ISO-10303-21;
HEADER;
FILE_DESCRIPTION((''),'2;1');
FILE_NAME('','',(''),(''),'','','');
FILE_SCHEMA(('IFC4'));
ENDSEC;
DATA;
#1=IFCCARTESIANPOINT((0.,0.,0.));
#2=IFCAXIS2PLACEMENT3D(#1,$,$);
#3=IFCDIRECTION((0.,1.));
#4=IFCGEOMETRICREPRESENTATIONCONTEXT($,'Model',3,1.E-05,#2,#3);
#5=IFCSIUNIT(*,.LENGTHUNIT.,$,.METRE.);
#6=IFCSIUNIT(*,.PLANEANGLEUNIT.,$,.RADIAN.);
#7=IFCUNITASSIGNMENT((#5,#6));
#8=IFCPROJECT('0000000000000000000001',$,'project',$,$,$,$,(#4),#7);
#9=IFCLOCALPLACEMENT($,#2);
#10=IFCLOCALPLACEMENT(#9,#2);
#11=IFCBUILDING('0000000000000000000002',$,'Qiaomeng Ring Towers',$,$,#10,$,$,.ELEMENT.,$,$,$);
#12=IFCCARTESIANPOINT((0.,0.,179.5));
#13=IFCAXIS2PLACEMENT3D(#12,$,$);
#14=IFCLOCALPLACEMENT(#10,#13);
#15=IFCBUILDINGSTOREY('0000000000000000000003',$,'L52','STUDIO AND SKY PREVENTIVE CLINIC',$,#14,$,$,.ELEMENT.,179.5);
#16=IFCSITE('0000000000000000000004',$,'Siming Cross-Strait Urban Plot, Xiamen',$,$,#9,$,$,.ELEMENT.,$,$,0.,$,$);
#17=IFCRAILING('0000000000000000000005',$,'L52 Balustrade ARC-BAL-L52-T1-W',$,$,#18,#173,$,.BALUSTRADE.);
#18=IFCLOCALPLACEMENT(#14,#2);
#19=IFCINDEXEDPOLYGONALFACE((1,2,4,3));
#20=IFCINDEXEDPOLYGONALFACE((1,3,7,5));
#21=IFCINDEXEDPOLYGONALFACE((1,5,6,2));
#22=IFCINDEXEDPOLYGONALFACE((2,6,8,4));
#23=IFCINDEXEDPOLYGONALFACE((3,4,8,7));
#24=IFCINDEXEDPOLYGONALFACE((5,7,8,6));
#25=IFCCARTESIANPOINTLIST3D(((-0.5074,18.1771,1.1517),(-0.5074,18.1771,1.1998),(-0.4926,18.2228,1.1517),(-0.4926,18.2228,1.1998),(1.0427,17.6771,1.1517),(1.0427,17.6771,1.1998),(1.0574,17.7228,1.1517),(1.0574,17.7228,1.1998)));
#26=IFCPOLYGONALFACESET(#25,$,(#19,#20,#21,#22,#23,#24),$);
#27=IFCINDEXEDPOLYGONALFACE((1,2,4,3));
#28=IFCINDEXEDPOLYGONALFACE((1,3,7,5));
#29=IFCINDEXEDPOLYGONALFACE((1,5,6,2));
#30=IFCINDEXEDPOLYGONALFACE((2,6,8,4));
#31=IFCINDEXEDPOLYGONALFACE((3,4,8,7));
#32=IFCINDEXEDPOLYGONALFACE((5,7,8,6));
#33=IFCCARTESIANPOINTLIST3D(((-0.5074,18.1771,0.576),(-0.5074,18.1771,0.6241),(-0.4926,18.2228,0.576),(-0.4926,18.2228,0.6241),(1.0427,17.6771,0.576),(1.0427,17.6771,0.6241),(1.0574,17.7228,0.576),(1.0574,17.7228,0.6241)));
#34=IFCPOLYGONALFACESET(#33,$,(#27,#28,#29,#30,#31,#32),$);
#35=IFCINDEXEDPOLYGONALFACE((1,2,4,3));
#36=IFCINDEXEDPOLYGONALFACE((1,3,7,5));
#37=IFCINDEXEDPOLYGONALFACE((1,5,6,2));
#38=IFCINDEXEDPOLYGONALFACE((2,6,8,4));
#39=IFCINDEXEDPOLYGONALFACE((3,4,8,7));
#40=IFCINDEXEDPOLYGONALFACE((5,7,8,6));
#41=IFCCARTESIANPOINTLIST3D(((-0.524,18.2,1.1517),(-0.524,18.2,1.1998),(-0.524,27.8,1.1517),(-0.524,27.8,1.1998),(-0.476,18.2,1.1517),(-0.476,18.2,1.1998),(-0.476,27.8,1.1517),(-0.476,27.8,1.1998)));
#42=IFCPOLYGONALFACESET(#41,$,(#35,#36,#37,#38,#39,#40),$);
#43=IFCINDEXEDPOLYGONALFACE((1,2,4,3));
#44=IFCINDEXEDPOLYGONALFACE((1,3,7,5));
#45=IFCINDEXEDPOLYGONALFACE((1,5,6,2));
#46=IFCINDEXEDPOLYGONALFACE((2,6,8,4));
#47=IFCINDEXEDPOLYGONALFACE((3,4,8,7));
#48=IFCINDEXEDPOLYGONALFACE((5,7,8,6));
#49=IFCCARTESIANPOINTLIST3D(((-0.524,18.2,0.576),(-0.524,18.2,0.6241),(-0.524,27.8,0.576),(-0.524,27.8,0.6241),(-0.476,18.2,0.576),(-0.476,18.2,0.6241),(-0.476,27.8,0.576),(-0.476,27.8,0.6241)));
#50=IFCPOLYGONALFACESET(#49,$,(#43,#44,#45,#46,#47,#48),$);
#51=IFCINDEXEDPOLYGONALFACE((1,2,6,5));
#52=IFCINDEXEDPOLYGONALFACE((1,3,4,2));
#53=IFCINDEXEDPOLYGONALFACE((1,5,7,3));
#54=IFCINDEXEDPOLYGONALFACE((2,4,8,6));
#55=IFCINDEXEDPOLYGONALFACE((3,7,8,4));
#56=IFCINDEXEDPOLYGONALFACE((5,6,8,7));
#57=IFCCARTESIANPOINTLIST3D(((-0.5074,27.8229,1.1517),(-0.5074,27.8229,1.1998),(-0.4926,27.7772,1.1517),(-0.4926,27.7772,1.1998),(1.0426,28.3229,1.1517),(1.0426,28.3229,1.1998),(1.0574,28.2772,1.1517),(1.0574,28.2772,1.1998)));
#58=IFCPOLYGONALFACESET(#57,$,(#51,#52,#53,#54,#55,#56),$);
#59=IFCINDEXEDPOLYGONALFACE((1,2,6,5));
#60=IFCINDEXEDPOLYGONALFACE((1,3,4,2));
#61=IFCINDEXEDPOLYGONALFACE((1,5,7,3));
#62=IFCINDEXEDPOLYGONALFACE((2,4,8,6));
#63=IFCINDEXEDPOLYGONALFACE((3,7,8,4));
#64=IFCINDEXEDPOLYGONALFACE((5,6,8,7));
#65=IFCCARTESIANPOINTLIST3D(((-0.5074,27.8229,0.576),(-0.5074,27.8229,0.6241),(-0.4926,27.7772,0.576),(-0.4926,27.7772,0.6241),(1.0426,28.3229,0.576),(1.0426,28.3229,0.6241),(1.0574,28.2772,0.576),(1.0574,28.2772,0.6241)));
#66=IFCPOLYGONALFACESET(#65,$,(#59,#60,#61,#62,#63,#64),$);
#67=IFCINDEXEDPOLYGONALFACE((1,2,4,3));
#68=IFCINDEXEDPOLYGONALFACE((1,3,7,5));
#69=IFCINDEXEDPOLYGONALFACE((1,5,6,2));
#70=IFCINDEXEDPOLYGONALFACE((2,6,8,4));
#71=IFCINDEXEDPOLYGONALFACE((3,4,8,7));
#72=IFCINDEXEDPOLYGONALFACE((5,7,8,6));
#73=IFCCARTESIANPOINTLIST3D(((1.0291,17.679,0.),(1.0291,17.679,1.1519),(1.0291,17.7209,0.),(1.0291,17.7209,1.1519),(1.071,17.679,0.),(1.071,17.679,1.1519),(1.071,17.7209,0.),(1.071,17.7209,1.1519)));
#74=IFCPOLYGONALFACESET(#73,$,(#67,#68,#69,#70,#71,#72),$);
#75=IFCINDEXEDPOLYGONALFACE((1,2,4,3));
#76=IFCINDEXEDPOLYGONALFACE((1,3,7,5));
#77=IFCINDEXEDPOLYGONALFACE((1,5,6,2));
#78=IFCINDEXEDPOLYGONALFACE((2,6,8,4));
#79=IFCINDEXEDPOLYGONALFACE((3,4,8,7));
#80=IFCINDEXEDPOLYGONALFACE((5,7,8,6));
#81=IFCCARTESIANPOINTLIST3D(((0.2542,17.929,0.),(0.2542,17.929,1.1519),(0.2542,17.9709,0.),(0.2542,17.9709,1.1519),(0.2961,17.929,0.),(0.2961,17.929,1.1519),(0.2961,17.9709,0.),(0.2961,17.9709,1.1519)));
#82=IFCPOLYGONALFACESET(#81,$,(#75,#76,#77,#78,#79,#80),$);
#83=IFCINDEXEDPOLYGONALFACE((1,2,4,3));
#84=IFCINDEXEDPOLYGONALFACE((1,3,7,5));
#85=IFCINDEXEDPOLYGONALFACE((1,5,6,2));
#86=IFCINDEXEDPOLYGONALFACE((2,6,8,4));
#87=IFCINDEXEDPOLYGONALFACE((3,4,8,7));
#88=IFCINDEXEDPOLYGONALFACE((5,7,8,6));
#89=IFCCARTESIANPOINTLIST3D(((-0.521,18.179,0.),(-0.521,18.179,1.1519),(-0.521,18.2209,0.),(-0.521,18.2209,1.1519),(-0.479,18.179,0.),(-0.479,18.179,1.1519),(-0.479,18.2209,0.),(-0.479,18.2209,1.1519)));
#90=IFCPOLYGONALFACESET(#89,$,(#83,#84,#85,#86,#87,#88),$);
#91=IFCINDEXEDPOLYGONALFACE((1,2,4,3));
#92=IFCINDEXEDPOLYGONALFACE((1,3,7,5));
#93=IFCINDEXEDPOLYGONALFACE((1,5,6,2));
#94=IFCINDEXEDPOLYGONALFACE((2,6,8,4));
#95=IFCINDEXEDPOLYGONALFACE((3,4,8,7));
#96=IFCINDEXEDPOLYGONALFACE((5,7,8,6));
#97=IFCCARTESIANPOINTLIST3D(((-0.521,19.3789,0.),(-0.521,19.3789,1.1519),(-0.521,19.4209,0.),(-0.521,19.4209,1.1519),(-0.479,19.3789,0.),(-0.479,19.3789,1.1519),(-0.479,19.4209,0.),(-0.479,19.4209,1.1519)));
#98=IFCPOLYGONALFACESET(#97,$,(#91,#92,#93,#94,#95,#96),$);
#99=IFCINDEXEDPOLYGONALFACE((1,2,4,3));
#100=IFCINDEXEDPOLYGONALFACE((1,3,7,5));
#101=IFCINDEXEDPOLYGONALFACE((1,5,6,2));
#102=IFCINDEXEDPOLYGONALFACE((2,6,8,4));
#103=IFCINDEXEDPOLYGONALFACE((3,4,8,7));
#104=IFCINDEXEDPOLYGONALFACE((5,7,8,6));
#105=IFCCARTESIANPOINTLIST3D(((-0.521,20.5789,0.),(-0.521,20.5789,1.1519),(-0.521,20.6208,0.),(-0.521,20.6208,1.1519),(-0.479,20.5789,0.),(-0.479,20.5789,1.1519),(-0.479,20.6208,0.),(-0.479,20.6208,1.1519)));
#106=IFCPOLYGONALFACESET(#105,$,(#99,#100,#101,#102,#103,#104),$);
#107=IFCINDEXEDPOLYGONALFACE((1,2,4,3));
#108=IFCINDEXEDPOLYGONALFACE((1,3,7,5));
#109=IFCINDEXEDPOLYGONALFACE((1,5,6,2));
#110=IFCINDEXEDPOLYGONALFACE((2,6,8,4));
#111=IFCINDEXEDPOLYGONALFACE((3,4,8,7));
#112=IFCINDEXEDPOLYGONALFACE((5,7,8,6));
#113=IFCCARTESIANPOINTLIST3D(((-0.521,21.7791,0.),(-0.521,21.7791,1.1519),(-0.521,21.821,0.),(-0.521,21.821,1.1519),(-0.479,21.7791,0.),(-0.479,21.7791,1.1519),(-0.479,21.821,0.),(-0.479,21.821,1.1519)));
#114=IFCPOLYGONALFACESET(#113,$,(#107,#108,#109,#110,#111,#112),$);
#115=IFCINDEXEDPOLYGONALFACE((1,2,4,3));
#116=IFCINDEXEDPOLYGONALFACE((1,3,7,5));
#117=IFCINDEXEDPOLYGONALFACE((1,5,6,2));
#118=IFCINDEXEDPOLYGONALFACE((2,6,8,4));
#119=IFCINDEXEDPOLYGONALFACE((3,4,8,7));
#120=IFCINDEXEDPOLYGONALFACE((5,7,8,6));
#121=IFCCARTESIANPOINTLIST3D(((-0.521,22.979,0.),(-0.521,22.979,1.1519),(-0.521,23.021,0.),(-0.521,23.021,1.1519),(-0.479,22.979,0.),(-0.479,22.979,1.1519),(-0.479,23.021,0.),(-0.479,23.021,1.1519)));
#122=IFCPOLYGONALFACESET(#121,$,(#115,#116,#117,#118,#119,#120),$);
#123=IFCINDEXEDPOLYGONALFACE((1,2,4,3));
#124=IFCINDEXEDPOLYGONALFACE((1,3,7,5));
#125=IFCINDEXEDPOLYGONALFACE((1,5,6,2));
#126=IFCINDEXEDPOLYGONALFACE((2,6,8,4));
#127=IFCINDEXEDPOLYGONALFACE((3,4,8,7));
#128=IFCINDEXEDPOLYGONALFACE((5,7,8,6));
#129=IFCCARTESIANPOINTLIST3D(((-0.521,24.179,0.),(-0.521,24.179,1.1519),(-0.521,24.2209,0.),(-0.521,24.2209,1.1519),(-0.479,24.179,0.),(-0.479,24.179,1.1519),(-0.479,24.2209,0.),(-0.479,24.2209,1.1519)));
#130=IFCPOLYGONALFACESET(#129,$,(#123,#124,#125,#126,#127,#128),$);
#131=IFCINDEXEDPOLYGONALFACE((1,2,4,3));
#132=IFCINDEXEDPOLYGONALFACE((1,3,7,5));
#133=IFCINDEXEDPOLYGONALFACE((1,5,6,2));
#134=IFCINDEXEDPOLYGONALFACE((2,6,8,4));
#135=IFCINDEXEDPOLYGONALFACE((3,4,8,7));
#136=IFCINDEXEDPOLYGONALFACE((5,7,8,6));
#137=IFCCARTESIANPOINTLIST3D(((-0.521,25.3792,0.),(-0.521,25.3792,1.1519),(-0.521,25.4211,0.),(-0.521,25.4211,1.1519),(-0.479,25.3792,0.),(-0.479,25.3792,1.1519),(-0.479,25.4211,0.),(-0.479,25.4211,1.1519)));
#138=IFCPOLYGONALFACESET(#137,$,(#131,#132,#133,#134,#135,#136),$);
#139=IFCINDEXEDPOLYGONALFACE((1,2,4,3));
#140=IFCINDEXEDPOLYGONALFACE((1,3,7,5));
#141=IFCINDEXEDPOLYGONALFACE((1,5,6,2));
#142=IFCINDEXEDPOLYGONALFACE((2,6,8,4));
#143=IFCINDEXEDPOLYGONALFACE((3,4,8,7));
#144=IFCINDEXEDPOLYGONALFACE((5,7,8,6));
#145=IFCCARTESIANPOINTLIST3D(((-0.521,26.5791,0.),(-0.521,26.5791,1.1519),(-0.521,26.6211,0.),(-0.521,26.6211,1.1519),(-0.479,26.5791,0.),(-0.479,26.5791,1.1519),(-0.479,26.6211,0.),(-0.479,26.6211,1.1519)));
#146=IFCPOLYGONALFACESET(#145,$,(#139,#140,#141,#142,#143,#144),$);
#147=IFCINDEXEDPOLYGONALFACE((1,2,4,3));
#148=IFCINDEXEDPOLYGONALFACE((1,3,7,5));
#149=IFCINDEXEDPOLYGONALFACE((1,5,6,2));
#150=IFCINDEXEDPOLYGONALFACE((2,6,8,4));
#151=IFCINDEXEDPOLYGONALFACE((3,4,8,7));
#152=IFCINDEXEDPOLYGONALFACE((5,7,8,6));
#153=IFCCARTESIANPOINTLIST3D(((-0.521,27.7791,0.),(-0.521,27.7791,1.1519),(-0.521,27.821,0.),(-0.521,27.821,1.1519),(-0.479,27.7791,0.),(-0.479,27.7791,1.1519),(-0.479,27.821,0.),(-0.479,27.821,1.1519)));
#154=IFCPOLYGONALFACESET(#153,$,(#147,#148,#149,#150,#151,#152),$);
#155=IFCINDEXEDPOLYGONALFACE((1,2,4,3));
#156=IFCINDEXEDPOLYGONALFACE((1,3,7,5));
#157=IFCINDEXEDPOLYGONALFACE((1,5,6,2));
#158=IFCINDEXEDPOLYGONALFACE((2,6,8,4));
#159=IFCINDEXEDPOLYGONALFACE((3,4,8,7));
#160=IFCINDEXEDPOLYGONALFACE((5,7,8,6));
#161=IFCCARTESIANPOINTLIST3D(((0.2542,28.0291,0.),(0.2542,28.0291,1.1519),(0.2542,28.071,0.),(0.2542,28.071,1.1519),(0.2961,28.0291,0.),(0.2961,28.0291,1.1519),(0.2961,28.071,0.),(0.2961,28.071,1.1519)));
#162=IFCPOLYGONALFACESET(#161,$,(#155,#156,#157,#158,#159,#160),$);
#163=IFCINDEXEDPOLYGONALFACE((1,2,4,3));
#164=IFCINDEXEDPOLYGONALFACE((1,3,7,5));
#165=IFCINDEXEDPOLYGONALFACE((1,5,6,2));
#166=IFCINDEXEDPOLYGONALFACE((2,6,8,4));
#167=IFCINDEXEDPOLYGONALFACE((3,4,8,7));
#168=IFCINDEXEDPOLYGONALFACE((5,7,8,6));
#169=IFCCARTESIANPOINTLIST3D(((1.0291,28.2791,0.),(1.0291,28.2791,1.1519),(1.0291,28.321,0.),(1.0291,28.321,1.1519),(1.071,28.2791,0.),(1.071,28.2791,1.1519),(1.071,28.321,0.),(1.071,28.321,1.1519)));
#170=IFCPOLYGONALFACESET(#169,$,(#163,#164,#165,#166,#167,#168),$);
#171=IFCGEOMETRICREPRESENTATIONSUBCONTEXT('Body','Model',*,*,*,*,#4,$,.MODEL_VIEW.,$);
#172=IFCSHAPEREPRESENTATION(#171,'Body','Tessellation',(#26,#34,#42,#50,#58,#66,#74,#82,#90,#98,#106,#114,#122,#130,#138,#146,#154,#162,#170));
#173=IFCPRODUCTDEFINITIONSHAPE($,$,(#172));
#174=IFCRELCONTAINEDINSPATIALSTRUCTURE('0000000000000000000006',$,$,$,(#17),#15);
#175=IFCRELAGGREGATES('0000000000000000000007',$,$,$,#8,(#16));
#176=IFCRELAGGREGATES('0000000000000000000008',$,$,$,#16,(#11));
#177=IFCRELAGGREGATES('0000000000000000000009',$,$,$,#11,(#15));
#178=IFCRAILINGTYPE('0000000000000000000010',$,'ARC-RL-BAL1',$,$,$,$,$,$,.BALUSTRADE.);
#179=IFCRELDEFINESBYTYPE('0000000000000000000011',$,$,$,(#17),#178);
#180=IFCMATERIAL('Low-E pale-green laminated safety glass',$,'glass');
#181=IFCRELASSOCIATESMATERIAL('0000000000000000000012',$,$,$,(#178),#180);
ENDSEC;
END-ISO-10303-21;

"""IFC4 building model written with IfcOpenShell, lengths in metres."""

from ifc_helpers import new_model, si_unit, direction, frame, origin, origin_2d, place, context, subcontext, project, spatial, rectangle, extrude, material, type_object, element, save


model = new_model("IFC4")

# Units and contexts
model_context = context("Model", 3, precision=1e-05, world=origin(), true_north=direction((0.0, 1.0)))
body_context = subcontext(model_context, "Body", "Model", "MODEL_VIEW")
ifc_project = project(units=[si_unit("LENGTHUNIT", "METRE"), si_unit("PLANEANGLEUNIT", "RADIAN")], contexts=[model_context])

# Site, building, storey
site_placement = place(None, origin())
site = spatial("IfcSite", under=ifc_project, at=site_placement, Name="Siming Cross-Strait Urban Plot, Xiamen", CompositionType="ELEMENT", RefElevation=0.0)
building_placement = place(site_placement, origin())
building = spatial("IfcBuilding", under=site, at=building_placement, Name="Qiaomeng Ring Towers", CompositionType="ELEMENT")
storey_placement = place(building_placement, frame((0.0, 0.0, 179.5)))
storey = spatial("IfcBuildingStorey", under=building, at=storey_placement, Name="L52", Description="STUDIO AND SKY PREVENTIVE CLINIC", CompositionType="ELEMENT", Elevation=179.5)

# Railing
ifc_material_1 = material(Name="Low-E pale-green laminated safety glass", Category="glass")
railing_type = type_object("IfcRailingType", Name="ARC-RL-BAL1", PredefinedType="BALUSTRADE", material=ifc_material_1)
railing_1_placement = place(storey_placement, frame((1.05, 17.7, 0.0)))
element("IfcRailing", 1, at=railing_1_placement, inside=storey, type_object=railing_type, Name="L52 Balustrade ARC-BAL-L52-T1-W", PredefinedType="BALUSTRADE", context=body_context, shape_type="SweptSolid", body=[
    extrude(rectangle(XDim=0.0481, YDim=0.0481, at=origin_2d()), frame((0.0, 0.0, 1.1758), z_axis=(-0.951711, 0.306994, 0.0), x_axis=(-0.306994, -0.951711, 0.0)), (0.0, 0.0, 1.0), 1.6287),
    extrude(rectangle(XDim=0.0481, YDim=0.0481, at=origin_2d()), frame((0.0, 0.0, 0.6001), z_axis=(-0.951711, 0.306994, 0.0), x_axis=(-0.306994, -0.951711, 0.0)), (0.0, 0.0, 1.0), 1.6287),
    extrude(rectangle(XDim=0.0481, YDim=0.0481, at=origin_2d()), frame((-1.55, 0.5, 1.1758), z_axis=(0.0, 1.0, 0.0), x_axis=(-1.0, 0.0, 0.0)), (0.0, 0.0, 1.0), 9.6001),
    extrude(rectangle(XDim=0.0481, YDim=0.0481, at=origin_2d()), frame((-1.55, 0.5, 0.6001), z_axis=(0.0, 1.0, 0.0), x_axis=(-1.0, 0.0, 0.0)), (0.0, 0.0, 1.0), 9.6001),
    extrude(rectangle(XDim=0.0481, YDim=0.0481, at=origin_2d()), frame((-1.55, 10.1001, 1.1758), z_axis=(0.951711, 0.306994, 0.0), x_axis=(-0.306994, 0.951711, 0.0)), (0.0, 0.0, 1.0), 1.6287),
    extrude(rectangle(XDim=0.0481, YDim=0.0481, at=origin_2d()), frame((-1.55, 10.1001, 0.6001), z_axis=(0.951711, 0.306994, 0.0), x_axis=(-0.306994, 0.951711, 0.0)), (0.0, 0.0, 1.0), 1.6287),
    extrude(rectangle(XDim=0.042, YDim=0.042, at=origin_2d()), origin(), (0.0, 0.0, 1.0), 1.1519),
    extrude(rectangle(XDim=0.042, YDim=0.042, at=origin_2d()), frame((-0.7749, 0.25, 0.0)), (0.0, 0.0, 1.0), 1.1519),
    extrude(rectangle(XDim=0.042, YDim=0.042, at=origin_2d()), frame((-1.55, 0.5, 0.0)), (0.0, 0.0, 1.0), 1.1519),
    extrude(rectangle(XDim=0.042, YDim=0.042, at=origin_2d()), frame((-1.55, 1.7, 0.0)), (0.0, 0.0, 1.0), 1.1519),
    extrude(rectangle(XDim=0.042, YDim=0.042, at=origin_2d()), frame((-1.55, 2.8999, 0.0)), (0.0, 0.0, 1.0), 1.1519),
    extrude(rectangle(XDim=0.042, YDim=0.042, at=origin_2d()), frame((-1.55, 4.1001, 0.0)), (0.0, 0.0, 1.0), 1.1519),
    extrude(rectangle(XDim=0.042, YDim=0.042, at=origin_2d()), frame((-1.55, 5.3, 0.0)), (0.0, 0.0, 1.0), 1.1519),
    extrude(rectangle(XDim=0.042, YDim=0.042, at=origin_2d()), frame((-1.55, 6.5, 0.0)), (0.0, 0.0, 1.0), 1.1519),
    extrude(rectangle(XDim=0.042, YDim=0.042, at=origin_2d()), frame((-1.55, 7.7002, 0.0)), (0.0, 0.0, 1.0), 1.1519),
    extrude(rectangle(XDim=0.042, YDim=0.042, at=origin_2d()), frame((-1.55, 8.9001, 0.0)), (0.0, 0.0, 1.0), 1.1519),
    extrude(rectangle(XDim=0.042, YDim=0.042, at=origin_2d()), frame((-1.55, 10.1001, 0.0)), (0.0, 0.0, 1.0), 1.1519),
    extrude(rectangle(XDim=0.042, YDim=0.042, at=origin_2d()), frame((-0.7749, 10.3501, 0.0)), (0.0, 0.0, 1.0), 1.1519),
    extrude(rectangle(XDim=0.042, YDim=0.042, at=origin_2d()), frame((0.0, 10.6001, 0.0)), (0.0, 0.0, 1.0), 1.1519),
])

save(model, "model.ifc")
